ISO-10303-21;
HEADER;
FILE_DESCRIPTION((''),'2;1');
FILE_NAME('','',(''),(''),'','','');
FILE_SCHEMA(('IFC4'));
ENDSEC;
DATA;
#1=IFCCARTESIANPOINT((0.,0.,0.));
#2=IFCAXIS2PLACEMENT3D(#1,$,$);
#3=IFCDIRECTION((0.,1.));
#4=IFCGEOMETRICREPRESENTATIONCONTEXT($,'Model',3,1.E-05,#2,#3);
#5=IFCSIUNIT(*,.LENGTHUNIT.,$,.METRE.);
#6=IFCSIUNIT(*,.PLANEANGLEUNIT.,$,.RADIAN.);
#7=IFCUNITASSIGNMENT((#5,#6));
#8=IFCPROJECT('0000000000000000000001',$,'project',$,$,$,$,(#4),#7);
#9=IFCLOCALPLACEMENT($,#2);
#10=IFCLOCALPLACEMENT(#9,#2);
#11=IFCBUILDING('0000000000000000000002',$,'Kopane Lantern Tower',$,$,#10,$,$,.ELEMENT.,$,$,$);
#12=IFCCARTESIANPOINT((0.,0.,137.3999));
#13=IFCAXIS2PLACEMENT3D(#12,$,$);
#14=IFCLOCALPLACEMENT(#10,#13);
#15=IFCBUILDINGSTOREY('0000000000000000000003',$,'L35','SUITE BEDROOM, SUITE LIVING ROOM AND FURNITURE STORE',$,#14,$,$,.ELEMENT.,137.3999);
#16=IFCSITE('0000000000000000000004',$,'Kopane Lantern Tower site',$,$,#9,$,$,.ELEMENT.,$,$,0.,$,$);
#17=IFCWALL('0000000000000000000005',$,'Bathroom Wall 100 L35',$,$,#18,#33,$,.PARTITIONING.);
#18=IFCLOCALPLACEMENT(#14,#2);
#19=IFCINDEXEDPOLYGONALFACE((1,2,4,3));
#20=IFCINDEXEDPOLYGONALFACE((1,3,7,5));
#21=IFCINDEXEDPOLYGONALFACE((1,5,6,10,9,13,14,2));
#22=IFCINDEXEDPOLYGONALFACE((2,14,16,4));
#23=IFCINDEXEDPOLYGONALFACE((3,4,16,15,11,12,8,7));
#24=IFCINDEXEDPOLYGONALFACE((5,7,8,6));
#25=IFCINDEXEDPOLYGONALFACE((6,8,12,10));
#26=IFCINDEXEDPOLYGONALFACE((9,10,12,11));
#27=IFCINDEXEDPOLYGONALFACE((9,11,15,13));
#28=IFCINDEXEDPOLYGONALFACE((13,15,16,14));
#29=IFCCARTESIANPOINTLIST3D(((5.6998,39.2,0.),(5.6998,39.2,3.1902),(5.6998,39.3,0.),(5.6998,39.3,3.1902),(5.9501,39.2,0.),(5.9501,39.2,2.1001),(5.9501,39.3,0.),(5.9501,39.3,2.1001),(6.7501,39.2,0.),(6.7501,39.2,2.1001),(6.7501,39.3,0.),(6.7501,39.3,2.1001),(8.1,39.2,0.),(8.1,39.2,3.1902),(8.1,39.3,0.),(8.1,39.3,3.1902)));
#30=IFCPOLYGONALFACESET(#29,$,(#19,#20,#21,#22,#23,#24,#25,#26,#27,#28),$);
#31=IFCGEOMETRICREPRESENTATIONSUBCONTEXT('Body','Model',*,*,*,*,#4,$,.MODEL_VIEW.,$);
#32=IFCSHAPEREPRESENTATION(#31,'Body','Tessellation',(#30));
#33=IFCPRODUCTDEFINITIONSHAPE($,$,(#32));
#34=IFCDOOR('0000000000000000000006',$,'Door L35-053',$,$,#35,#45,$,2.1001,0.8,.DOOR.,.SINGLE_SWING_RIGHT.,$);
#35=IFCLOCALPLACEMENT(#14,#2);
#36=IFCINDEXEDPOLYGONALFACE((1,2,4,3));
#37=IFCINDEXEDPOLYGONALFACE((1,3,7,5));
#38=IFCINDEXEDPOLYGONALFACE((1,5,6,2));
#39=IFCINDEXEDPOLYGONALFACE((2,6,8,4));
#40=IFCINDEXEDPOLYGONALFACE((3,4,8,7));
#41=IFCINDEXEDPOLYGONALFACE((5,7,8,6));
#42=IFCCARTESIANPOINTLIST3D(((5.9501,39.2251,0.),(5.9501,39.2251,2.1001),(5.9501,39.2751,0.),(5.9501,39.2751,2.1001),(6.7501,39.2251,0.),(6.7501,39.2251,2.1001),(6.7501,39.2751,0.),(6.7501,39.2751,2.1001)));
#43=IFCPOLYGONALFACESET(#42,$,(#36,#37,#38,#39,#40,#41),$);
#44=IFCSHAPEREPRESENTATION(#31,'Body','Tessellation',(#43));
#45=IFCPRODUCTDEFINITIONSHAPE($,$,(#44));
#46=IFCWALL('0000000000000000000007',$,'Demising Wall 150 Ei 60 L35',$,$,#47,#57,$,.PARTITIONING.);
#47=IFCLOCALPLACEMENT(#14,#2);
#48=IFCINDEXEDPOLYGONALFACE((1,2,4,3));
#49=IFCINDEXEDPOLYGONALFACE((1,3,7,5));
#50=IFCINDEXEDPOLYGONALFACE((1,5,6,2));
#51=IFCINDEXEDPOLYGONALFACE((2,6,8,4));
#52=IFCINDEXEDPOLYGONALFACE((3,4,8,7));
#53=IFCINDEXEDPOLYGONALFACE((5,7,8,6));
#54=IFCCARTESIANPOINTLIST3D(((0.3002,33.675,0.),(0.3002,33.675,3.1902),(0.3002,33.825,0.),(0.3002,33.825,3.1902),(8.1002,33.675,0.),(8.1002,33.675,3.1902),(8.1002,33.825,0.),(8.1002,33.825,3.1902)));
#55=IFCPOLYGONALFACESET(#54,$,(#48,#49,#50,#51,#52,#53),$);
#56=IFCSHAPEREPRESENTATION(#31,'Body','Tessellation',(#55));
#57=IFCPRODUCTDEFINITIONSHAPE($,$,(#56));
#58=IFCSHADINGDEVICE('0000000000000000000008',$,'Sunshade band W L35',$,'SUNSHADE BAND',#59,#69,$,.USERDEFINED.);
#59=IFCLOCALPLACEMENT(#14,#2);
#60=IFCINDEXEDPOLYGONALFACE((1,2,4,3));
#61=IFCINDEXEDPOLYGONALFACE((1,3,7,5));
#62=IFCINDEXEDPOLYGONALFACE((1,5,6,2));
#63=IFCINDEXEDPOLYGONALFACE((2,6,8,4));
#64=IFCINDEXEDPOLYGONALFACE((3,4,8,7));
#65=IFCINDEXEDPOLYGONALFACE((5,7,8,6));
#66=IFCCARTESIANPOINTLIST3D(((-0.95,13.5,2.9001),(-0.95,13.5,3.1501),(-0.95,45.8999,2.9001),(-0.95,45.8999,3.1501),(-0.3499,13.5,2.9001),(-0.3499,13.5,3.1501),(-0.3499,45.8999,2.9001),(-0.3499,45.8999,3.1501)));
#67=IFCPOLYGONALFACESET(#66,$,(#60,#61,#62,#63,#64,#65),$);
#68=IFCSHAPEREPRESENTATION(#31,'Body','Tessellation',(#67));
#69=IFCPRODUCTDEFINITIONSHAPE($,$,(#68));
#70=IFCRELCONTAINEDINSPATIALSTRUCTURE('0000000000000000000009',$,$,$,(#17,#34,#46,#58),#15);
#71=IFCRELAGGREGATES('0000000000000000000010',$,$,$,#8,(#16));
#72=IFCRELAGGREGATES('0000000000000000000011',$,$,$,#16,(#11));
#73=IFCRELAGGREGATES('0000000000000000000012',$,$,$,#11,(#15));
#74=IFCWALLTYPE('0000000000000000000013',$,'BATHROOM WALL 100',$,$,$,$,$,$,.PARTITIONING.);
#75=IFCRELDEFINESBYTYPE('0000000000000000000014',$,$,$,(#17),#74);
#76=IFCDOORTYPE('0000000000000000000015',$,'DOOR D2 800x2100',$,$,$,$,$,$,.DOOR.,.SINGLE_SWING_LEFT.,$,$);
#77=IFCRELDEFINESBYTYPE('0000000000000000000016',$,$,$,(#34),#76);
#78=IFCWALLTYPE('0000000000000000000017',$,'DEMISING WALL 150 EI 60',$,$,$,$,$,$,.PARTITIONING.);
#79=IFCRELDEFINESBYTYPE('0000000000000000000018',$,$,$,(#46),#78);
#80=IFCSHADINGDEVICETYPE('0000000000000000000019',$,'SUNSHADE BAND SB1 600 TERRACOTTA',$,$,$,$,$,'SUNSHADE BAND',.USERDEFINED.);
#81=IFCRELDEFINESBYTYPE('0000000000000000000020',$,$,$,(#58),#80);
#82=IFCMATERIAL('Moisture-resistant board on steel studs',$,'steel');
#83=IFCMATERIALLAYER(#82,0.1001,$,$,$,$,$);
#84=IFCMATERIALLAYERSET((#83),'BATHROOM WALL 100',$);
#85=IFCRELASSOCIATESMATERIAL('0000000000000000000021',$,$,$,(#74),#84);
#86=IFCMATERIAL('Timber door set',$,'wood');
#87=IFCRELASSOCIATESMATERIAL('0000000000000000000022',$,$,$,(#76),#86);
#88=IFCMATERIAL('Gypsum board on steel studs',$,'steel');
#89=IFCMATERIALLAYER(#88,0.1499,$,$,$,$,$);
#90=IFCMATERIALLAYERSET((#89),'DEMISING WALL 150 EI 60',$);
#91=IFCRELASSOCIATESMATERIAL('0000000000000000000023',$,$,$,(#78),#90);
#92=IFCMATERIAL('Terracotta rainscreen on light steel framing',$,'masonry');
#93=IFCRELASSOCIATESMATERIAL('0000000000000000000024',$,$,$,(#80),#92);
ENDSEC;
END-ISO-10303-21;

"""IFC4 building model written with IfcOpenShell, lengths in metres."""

from ifc_helpers import new_model, si_unit, direction, frame, frame_2d, origin, origin_2d, place, context, subcontext, project, spatial, rectangle, extrude, material, layer, layer_set, type_object, element, fill, save


model = new_model("IFC4")

# Units and contexts
model_context = context("Model", 3, precision=1e-05, world=origin(), true_north=direction((0.0, 1.0)))
body_context = subcontext(model_context, "Body", "Model", "MODEL_VIEW")
ifc_project = project(units=[si_unit("LENGTHUNIT", "METRE"), si_unit("PLANEANGLEUNIT", "RADIAN")], contexts=[model_context])

# Site, building, storey
site_placement = place(None, origin())
site = spatial("IfcSite", under=ifc_project, at=site_placement, Name="Kopane Lantern Tower site", CompositionType="ELEMENT", RefElevation=0.0)
building_placement = place(site_placement, origin())
building = spatial("IfcBuilding", under=site, at=building_placement, Name="Kopane Lantern Tower", CompositionType="ELEMENT")
storey_placement = place(building_placement, frame((0.0, 0.0, 137.3999)))
storey = spatial("IfcBuildingStorey", under=building, at=storey_placement, Name="L35", Description="SUITE BEDROOM, SUITE LIVING ROOM AND FURNITURE STORE", CompositionType="ELEMENT", Elevation=137.3999)

# Shared definitions
ifc_material_1 = material(Name="Moisture-resistant board on steel studs", Category="steel")
ifc_layer_1 = layer(ifc_material_1, 0.1001)
ifc_layer_set_1 = layer_set([ifc_layer_1], Name="BATHROOM WALL 100")
wall_type_1 = type_object("IfcWallType", Name="BATHROOM WALL 100", PredefinedType="PARTITIONING", material=ifc_layer_set_1)

# Shared definitions
ifc_material_2 = material(Name="Timber door set", Category="wood")
door_type_1 = type_object("IfcDoorType", Name="DOOR D2 800x2100", OperationType="SINGLE_SWING_LEFT", PredefinedType="DOOR", material=ifc_material_2)

# Wall, opening, door
wall_1_placement = place(storey_placement, frame((8.1001, 39.25, 0.0), z_axis=(0.0, 0.0, 1.0), x_axis=(-1.0, 0.0, 0.0)))
wall_1 = element("IfcWall", 1, at=wall_1_placement, inside=storey, type_object=wall_type_1, Name="Bathroom Wall 100 L35", PredefinedType="PARTITIONING", context=body_context, shape_type="SweptSolid", body=[
    extrude(rectangle(XDim=2.4001, YDim=0.1001, at=frame_2d((1.2002, 0.0))), origin(), (0.0, 0.0, 1.0), 3.1902),
])
opening_1_placement = place(wall_1_placement, frame((1.3501, 0.0, 0.0)))
opening_1 = element("IfcOpeningElement", 2, at=opening_1_placement, cuts=wall_1, PredefinedType="OPENING", context=body_context, shape_type="SweptSolid", body=[
    extrude(rectangle(XDim=0.8, YDim=2.1001, at=frame_2d((0.3999, 1.05))), frame((0.0, 0.0601, 0.0), z_axis=(0.0, -1.0, 0.0), x_axis=(1.0, 0.0, 0.0)), (0.0, 0.0, 1.0), 0.1201),
])
door_1_placement = place(opening_1_placement, origin())
door_1 = element("IfcDoor", 3, at=door_1_placement, inside=storey, type_object=door_type_1, Name="Door L35-053", OperationType="SINGLE_SWING_RIGHT", OverallHeight=2.1001, OverallWidth=0.8, PredefinedType="DOOR", context=body_context, shape_type="SweptSolid", body=[
    extrude(rectangle(XDim=0.8, YDim=2.1001, at=frame_2d((0.3999, 1.05))), frame((0.0, 0.0249, 0.0), z_axis=(0.0, -1.0, 0.0), x_axis=(1.0, 0.0, 0.0)), (0.0, 0.0, 1.0), 0.05),
])
fill(opening_1, door_1)

# Wall
ifc_material_3 = material(Name="Gypsum board on steel studs", Category="steel")
ifc_layer_2 = layer(ifc_material_3, 0.1499)
ifc_layer_set_2 = layer_set([ifc_layer_2], Name="DEMISING WALL 150 EI 60")
wall_type_2 = type_object("IfcWallType", Name="DEMISING WALL 150 EI 60", PredefinedType="PARTITIONING", material=ifc_layer_set_2)
wall_2_placement = place(storey_placement, frame((8.1001, 33.75, 0.0), z_axis=(0.0, 0.0, 1.0), x_axis=(-1.0, 0.0, 0.0)))
element("IfcWall", 4, at=wall_2_placement, inside=storey, type_object=wall_type_2, Name="Demising Wall 150 Ei 60 L35", PredefinedType="PARTITIONING", context=body_context, shape_type="SweptSolid", body=[
    extrude(rectangle(XDim=7.8, YDim=0.1499, at=frame_2d((3.8999, 0.0))), origin(), (0.0, 0.0, 1.0), 3.1902),
])

# Shading device
ifc_material_4 = material(Name="Terracotta rainscreen on light steel framing", Category="masonry")
shading_device_type = type_object("IfcShadingDeviceType", Name="SUNSHADE BAND SB1 600 TERRACOTTA", ElementType="SUNSHADE BAND", PredefinedType="USERDEFINED", material=ifc_material_4)
shading_device_placement = place(storey_placement, frame((-0.6499, 29.7, 2.9001), z_axis=(0.0, 0.0, 1.0), x_axis=(0.0, -1.0, 0.0)))
element("IfcShadingDevice", 5, at=shading_device_placement, inside=storey, type_object=shading_device_type, Name="Sunshade band W L35", ObjectType="SUNSHADE BAND", PredefinedType="USERDEFINED", context=body_context, shape_type="SweptSolid", body=[
    extrude(rectangle(XDim=32.3999, YDim=0.6001, at=origin_2d()), origin(), (0.0, 0.0, 1.0), 0.25),
])

save(model, "model.ifc")
